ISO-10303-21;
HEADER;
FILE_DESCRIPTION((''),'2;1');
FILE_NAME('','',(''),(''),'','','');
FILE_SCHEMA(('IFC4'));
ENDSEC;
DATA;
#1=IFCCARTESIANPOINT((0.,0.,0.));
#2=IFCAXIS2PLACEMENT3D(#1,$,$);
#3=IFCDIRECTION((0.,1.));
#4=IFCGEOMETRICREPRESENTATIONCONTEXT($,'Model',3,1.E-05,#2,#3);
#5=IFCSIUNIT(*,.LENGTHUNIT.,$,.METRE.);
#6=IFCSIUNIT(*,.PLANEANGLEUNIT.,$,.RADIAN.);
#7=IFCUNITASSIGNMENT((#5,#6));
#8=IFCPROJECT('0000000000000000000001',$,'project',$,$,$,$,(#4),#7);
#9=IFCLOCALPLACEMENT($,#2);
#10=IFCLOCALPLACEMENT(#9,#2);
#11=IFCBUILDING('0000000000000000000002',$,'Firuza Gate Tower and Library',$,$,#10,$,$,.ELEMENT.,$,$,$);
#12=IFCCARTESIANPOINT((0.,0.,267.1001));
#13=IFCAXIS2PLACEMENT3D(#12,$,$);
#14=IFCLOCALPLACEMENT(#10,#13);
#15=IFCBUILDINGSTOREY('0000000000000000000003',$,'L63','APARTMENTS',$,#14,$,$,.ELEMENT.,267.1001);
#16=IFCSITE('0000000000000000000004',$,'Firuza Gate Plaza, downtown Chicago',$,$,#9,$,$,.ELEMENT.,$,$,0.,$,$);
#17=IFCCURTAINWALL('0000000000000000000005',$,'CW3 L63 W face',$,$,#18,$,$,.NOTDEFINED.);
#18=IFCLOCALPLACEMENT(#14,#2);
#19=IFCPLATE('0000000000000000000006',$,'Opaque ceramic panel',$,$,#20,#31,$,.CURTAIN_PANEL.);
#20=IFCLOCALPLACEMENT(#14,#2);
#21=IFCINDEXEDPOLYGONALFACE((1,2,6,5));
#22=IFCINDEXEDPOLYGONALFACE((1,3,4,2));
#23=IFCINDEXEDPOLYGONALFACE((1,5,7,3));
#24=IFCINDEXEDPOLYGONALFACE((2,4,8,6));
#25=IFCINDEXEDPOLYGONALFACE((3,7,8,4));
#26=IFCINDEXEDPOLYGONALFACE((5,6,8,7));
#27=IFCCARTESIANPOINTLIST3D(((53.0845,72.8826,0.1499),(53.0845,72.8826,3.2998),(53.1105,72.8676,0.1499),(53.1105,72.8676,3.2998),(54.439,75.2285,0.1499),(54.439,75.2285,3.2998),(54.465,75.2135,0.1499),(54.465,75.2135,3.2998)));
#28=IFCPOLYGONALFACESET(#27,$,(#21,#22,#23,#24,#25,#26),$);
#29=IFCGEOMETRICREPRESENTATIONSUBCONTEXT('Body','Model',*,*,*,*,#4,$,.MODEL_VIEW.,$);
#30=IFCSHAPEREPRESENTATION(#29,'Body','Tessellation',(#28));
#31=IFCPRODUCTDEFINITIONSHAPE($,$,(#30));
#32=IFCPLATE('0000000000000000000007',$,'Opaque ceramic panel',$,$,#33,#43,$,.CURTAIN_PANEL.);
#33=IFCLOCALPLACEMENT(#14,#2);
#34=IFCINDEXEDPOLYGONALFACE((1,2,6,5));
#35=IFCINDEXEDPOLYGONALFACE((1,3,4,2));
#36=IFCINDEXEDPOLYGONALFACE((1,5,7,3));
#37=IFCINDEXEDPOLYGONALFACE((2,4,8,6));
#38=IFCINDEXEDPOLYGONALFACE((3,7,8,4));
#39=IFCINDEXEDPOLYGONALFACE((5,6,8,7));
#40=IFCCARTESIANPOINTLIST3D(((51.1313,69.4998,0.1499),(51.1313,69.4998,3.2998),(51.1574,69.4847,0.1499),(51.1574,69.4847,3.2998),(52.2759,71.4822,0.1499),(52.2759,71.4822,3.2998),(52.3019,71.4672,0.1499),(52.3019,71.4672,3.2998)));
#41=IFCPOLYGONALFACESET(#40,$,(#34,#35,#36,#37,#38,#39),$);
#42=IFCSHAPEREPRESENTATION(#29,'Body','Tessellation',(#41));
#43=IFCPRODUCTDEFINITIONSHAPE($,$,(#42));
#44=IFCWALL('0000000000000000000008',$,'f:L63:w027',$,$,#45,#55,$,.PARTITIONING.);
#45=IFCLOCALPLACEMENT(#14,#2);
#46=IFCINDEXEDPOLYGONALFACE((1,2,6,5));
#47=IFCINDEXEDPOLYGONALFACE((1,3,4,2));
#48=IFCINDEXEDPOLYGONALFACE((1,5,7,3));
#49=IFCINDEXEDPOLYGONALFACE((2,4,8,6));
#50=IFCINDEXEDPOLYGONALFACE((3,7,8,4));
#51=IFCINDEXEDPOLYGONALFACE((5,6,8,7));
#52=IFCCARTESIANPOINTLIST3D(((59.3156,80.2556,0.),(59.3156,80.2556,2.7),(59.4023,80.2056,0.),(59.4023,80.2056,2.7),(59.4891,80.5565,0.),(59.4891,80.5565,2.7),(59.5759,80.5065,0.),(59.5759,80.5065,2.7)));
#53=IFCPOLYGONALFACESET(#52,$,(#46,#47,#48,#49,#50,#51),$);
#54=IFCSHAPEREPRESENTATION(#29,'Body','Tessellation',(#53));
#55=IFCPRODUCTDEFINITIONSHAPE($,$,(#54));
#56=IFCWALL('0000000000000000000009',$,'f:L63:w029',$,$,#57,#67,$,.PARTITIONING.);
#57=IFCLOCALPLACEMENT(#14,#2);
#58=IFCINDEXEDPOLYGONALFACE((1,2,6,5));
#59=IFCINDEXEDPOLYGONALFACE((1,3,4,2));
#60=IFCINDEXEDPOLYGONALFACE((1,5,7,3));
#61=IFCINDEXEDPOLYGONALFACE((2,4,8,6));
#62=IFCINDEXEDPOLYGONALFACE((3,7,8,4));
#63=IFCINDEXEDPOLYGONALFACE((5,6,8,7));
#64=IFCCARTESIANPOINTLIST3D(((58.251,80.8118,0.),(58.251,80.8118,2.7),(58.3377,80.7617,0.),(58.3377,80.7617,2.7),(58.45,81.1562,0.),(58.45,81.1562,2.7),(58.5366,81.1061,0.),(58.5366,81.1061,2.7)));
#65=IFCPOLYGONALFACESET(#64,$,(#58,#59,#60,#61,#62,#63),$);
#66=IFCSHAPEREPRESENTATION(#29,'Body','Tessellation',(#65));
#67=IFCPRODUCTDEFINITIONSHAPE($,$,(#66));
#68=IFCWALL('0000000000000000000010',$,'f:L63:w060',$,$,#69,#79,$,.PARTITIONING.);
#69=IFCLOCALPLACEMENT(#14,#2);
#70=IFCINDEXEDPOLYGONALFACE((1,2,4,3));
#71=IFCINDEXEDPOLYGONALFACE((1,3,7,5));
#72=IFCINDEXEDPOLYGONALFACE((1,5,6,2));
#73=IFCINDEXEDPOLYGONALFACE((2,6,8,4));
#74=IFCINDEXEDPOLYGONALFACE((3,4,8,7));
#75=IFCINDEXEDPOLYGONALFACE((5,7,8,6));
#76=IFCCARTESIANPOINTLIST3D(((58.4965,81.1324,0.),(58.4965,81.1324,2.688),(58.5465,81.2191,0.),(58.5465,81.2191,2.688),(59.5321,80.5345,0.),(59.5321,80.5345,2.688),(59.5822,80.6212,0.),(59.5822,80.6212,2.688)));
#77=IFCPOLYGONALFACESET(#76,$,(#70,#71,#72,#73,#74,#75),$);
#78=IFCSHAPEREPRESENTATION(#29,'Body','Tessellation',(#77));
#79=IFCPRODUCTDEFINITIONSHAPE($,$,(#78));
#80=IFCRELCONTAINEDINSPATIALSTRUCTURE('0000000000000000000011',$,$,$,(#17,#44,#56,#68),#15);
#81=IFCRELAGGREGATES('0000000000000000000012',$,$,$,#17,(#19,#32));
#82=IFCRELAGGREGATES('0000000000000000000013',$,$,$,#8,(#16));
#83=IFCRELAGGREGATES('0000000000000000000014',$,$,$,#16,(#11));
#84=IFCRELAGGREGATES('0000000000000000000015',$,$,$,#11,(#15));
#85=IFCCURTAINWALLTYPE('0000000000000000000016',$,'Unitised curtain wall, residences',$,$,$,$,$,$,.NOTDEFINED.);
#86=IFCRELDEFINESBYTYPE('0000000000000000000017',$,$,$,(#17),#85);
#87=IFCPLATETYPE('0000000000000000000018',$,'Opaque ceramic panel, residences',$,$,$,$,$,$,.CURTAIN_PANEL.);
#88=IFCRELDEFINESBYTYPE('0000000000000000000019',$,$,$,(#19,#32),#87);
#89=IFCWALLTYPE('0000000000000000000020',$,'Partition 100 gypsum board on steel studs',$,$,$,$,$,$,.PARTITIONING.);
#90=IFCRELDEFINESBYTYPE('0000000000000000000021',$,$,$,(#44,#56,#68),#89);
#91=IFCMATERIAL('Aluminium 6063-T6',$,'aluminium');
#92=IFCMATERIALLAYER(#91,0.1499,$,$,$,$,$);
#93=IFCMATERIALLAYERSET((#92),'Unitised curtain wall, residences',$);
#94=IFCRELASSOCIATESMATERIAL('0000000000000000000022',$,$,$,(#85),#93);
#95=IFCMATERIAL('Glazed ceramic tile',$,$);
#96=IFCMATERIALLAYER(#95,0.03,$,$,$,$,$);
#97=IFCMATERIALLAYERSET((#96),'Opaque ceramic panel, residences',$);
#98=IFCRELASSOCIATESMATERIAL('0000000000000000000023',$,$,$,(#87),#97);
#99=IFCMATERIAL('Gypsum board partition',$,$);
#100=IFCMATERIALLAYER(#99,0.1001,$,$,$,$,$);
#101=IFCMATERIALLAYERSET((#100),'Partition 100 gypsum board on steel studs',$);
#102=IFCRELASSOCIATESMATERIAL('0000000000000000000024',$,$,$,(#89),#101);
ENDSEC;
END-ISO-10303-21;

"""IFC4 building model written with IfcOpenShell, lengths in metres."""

from ifc_helpers import new_model, si_unit, direction, frame, frame_2d, origin, place, context, subcontext, project, spatial, polyline, rectangle, outline, extrude, material, layer, layer_set, type_object, element, aggregate, save


model = new_model("IFC4")

# Units and contexts
model_context = context("Model", 3, precision=1e-05, world=origin(), true_north=direction((0.0, 1.0)))
body_context = subcontext(model_context, "Body", "Model", "MODEL_VIEW")
ifc_project = project(units=[si_unit("LENGTHUNIT", "METRE"), si_unit("PLANEANGLEUNIT", "RADIAN")], contexts=[model_context])

# Site, building, storey
site_placement = place(None, origin())
site = spatial("IfcSite", under=ifc_project, at=site_placement, Name="Firuza Gate Plaza, downtown Chicago", CompositionType="ELEMENT", RefElevation=0.0)
building_placement = place(site_placement, origin())
building = spatial("IfcBuilding", under=site, at=building_placement, Name="Firuza Gate Tower and Library", CompositionType="ELEMENT")
storey_placement = place(building_placement, frame((0.0, 0.0, 267.1001)))
storey = spatial("IfcBuildingStorey", under=building, at=storey_placement, Name="L63", Description="APARTMENTS", CompositionType="ELEMENT", Elevation=267.1001)

# Curtain wall
ifc_material_1 = material(Name="Aluminium 6063-T6", Category="aluminium")
ifc_layer_1 = layer(ifc_material_1, 0.1499)
ifc_layer_set_1 = layer_set([ifc_layer_1], Name="Unitised curtain wall, residences")
curtain_wall_type = type_object("IfcCurtainWallType", Name="Unitised curtain wall, residences", PredefinedType="NOTDEFINED", material=ifc_layer_set_1)
curtain_wall_placement = place(storey_placement, origin())
curtain_wall = element("IfcCurtainWall", 1, at=curtain_wall_placement, inside=storey, type_object=curtain_wall_type, Name="CW3 L63 W face", PredefinedType="NOTDEFINED")

# Plates
ifc_material_2 = material(Name="Glazed ceramic tile")
ifc_layer_2 = layer(ifc_material_2, 0.03)
ifc_layer_set_2 = layer_set([ifc_layer_2], Name="Opaque ceramic panel, residences")
plate_type_1 = type_object("IfcPlateType", Name="Opaque ceramic panel, residences", PredefinedType="CURTAIN_PANEL", material=ifc_layer_set_2)
plate_1_placement = place(storey_placement, frame((54.439, 75.2285, 0.1499), z_axis=(-0.866016, 0.500016, 0.0), x_axis=(-0.500016, -0.866016, 0.0)))
plate_1 = element("IfcPlate", 2, at=plate_1_placement, type_object=plate_type_1, Name="Opaque ceramic panel", PredefinedType="CURTAIN_PANEL", context=body_context, shape_type="SweptSolid", body=[
    extrude(outline(polyline([(0.0, 0.0), (2.7089, 0.0), (2.7089, 3.1499), (0.0, 3.1499), (0.0, 0.0)])), origin(), (0.0, 0.0, -1.0), 0.03),
])
plate_2_placement = place(storey_placement, frame((52.2759, 71.4822, 0.1499), z_axis=(-0.866029, 0.499993, 0.0), x_axis=(-0.499993, -0.866029, 0.0)))
plate_2 = element("IfcPlate", 3, at=plate_2_placement, type_object=plate_type_1, Name="Opaque ceramic panel", PredefinedType="CURTAIN_PANEL", context=body_context, shape_type="SweptSolid", body=[
    extrude(outline(polyline([(0.0, 0.0), (2.2891, 0.0), (2.2891, 3.1499), (0.0, 3.1499), (0.0, 0.0)])), origin(), (0.0, 0.0, -1.0), 0.03),
])
aggregate(curtain_wall, [plate_1, plate_2])

# Walls
ifc_material_3 = material(Name="Gypsum board partition")
ifc_layer_3 = layer(ifc_material_3, 0.1001)
ifc_layer_set_3 = layer_set([ifc_layer_3], Name="Partition 100 gypsum board on steel studs")
wall_type = type_object("IfcWallType", Name="Partition 100 gypsum board on steel studs", PredefinedType="PARTITIONING", material=ifc_layer_set_3)
wall_1_placement = place(storey_placement, frame((59.3589, 80.2305, 0.0), z_axis=(0.0, 0.0, 1.0), x_axis=(0.49954, 0.866291, 0.0)))
element("IfcWall", 4, at=wall_1_placement, inside=storey, type_object=wall_type, Name="f:L63:w027", PredefinedType="PARTITIONING", context=body_context, shape_type="SweptSolid", body=[
    extrude(rectangle(XDim=0.3474, YDim=0.1001, at=frame_2d((0.1738, 0.0))), origin(), (0.0, 0.0, 1.0), 2.7),
])
wall_2_placement = place(storey_placement, frame((58.2944, 80.7869, 0.0), z_axis=(0.0, 0.0, 1.0), x_axis=(0.500165, 0.86593, 0.0)))
element("IfcWall", 5, at=wall_2_placement, inside=storey, type_object=wall_type, Name="f:L63:w029", PredefinedType="PARTITIONING", context=body_context, shape_type="SweptSolid", body=[
    extrude(rectangle(XDim=0.3977, YDim=0.1001, at=frame_2d((0.1987, 0.0))), origin(), (0.0, 0.0, 1.0), 2.7),
])
wall_3_placement = place(storey_placement, frame((59.5571, 80.5779, 0.0), z_axis=(0.0, 0.0, 1.0), x_axis=(-0.866036, 0.499982, 0.0)))
element("IfcWall", 6, at=wall_3_placement, inside=storey, type_object=wall_type, Name="f:L63:w060", PredefinedType="PARTITIONING", context=body_context, shape_type="SweptSolid", body=[
    extrude(rectangle(XDim=1.1958, YDim=0.1001, at=frame_2d((0.5979, 0.0))), origin(), (0.0, 0.0, 1.0), 2.688),
])

save(model, "model.ifc")
